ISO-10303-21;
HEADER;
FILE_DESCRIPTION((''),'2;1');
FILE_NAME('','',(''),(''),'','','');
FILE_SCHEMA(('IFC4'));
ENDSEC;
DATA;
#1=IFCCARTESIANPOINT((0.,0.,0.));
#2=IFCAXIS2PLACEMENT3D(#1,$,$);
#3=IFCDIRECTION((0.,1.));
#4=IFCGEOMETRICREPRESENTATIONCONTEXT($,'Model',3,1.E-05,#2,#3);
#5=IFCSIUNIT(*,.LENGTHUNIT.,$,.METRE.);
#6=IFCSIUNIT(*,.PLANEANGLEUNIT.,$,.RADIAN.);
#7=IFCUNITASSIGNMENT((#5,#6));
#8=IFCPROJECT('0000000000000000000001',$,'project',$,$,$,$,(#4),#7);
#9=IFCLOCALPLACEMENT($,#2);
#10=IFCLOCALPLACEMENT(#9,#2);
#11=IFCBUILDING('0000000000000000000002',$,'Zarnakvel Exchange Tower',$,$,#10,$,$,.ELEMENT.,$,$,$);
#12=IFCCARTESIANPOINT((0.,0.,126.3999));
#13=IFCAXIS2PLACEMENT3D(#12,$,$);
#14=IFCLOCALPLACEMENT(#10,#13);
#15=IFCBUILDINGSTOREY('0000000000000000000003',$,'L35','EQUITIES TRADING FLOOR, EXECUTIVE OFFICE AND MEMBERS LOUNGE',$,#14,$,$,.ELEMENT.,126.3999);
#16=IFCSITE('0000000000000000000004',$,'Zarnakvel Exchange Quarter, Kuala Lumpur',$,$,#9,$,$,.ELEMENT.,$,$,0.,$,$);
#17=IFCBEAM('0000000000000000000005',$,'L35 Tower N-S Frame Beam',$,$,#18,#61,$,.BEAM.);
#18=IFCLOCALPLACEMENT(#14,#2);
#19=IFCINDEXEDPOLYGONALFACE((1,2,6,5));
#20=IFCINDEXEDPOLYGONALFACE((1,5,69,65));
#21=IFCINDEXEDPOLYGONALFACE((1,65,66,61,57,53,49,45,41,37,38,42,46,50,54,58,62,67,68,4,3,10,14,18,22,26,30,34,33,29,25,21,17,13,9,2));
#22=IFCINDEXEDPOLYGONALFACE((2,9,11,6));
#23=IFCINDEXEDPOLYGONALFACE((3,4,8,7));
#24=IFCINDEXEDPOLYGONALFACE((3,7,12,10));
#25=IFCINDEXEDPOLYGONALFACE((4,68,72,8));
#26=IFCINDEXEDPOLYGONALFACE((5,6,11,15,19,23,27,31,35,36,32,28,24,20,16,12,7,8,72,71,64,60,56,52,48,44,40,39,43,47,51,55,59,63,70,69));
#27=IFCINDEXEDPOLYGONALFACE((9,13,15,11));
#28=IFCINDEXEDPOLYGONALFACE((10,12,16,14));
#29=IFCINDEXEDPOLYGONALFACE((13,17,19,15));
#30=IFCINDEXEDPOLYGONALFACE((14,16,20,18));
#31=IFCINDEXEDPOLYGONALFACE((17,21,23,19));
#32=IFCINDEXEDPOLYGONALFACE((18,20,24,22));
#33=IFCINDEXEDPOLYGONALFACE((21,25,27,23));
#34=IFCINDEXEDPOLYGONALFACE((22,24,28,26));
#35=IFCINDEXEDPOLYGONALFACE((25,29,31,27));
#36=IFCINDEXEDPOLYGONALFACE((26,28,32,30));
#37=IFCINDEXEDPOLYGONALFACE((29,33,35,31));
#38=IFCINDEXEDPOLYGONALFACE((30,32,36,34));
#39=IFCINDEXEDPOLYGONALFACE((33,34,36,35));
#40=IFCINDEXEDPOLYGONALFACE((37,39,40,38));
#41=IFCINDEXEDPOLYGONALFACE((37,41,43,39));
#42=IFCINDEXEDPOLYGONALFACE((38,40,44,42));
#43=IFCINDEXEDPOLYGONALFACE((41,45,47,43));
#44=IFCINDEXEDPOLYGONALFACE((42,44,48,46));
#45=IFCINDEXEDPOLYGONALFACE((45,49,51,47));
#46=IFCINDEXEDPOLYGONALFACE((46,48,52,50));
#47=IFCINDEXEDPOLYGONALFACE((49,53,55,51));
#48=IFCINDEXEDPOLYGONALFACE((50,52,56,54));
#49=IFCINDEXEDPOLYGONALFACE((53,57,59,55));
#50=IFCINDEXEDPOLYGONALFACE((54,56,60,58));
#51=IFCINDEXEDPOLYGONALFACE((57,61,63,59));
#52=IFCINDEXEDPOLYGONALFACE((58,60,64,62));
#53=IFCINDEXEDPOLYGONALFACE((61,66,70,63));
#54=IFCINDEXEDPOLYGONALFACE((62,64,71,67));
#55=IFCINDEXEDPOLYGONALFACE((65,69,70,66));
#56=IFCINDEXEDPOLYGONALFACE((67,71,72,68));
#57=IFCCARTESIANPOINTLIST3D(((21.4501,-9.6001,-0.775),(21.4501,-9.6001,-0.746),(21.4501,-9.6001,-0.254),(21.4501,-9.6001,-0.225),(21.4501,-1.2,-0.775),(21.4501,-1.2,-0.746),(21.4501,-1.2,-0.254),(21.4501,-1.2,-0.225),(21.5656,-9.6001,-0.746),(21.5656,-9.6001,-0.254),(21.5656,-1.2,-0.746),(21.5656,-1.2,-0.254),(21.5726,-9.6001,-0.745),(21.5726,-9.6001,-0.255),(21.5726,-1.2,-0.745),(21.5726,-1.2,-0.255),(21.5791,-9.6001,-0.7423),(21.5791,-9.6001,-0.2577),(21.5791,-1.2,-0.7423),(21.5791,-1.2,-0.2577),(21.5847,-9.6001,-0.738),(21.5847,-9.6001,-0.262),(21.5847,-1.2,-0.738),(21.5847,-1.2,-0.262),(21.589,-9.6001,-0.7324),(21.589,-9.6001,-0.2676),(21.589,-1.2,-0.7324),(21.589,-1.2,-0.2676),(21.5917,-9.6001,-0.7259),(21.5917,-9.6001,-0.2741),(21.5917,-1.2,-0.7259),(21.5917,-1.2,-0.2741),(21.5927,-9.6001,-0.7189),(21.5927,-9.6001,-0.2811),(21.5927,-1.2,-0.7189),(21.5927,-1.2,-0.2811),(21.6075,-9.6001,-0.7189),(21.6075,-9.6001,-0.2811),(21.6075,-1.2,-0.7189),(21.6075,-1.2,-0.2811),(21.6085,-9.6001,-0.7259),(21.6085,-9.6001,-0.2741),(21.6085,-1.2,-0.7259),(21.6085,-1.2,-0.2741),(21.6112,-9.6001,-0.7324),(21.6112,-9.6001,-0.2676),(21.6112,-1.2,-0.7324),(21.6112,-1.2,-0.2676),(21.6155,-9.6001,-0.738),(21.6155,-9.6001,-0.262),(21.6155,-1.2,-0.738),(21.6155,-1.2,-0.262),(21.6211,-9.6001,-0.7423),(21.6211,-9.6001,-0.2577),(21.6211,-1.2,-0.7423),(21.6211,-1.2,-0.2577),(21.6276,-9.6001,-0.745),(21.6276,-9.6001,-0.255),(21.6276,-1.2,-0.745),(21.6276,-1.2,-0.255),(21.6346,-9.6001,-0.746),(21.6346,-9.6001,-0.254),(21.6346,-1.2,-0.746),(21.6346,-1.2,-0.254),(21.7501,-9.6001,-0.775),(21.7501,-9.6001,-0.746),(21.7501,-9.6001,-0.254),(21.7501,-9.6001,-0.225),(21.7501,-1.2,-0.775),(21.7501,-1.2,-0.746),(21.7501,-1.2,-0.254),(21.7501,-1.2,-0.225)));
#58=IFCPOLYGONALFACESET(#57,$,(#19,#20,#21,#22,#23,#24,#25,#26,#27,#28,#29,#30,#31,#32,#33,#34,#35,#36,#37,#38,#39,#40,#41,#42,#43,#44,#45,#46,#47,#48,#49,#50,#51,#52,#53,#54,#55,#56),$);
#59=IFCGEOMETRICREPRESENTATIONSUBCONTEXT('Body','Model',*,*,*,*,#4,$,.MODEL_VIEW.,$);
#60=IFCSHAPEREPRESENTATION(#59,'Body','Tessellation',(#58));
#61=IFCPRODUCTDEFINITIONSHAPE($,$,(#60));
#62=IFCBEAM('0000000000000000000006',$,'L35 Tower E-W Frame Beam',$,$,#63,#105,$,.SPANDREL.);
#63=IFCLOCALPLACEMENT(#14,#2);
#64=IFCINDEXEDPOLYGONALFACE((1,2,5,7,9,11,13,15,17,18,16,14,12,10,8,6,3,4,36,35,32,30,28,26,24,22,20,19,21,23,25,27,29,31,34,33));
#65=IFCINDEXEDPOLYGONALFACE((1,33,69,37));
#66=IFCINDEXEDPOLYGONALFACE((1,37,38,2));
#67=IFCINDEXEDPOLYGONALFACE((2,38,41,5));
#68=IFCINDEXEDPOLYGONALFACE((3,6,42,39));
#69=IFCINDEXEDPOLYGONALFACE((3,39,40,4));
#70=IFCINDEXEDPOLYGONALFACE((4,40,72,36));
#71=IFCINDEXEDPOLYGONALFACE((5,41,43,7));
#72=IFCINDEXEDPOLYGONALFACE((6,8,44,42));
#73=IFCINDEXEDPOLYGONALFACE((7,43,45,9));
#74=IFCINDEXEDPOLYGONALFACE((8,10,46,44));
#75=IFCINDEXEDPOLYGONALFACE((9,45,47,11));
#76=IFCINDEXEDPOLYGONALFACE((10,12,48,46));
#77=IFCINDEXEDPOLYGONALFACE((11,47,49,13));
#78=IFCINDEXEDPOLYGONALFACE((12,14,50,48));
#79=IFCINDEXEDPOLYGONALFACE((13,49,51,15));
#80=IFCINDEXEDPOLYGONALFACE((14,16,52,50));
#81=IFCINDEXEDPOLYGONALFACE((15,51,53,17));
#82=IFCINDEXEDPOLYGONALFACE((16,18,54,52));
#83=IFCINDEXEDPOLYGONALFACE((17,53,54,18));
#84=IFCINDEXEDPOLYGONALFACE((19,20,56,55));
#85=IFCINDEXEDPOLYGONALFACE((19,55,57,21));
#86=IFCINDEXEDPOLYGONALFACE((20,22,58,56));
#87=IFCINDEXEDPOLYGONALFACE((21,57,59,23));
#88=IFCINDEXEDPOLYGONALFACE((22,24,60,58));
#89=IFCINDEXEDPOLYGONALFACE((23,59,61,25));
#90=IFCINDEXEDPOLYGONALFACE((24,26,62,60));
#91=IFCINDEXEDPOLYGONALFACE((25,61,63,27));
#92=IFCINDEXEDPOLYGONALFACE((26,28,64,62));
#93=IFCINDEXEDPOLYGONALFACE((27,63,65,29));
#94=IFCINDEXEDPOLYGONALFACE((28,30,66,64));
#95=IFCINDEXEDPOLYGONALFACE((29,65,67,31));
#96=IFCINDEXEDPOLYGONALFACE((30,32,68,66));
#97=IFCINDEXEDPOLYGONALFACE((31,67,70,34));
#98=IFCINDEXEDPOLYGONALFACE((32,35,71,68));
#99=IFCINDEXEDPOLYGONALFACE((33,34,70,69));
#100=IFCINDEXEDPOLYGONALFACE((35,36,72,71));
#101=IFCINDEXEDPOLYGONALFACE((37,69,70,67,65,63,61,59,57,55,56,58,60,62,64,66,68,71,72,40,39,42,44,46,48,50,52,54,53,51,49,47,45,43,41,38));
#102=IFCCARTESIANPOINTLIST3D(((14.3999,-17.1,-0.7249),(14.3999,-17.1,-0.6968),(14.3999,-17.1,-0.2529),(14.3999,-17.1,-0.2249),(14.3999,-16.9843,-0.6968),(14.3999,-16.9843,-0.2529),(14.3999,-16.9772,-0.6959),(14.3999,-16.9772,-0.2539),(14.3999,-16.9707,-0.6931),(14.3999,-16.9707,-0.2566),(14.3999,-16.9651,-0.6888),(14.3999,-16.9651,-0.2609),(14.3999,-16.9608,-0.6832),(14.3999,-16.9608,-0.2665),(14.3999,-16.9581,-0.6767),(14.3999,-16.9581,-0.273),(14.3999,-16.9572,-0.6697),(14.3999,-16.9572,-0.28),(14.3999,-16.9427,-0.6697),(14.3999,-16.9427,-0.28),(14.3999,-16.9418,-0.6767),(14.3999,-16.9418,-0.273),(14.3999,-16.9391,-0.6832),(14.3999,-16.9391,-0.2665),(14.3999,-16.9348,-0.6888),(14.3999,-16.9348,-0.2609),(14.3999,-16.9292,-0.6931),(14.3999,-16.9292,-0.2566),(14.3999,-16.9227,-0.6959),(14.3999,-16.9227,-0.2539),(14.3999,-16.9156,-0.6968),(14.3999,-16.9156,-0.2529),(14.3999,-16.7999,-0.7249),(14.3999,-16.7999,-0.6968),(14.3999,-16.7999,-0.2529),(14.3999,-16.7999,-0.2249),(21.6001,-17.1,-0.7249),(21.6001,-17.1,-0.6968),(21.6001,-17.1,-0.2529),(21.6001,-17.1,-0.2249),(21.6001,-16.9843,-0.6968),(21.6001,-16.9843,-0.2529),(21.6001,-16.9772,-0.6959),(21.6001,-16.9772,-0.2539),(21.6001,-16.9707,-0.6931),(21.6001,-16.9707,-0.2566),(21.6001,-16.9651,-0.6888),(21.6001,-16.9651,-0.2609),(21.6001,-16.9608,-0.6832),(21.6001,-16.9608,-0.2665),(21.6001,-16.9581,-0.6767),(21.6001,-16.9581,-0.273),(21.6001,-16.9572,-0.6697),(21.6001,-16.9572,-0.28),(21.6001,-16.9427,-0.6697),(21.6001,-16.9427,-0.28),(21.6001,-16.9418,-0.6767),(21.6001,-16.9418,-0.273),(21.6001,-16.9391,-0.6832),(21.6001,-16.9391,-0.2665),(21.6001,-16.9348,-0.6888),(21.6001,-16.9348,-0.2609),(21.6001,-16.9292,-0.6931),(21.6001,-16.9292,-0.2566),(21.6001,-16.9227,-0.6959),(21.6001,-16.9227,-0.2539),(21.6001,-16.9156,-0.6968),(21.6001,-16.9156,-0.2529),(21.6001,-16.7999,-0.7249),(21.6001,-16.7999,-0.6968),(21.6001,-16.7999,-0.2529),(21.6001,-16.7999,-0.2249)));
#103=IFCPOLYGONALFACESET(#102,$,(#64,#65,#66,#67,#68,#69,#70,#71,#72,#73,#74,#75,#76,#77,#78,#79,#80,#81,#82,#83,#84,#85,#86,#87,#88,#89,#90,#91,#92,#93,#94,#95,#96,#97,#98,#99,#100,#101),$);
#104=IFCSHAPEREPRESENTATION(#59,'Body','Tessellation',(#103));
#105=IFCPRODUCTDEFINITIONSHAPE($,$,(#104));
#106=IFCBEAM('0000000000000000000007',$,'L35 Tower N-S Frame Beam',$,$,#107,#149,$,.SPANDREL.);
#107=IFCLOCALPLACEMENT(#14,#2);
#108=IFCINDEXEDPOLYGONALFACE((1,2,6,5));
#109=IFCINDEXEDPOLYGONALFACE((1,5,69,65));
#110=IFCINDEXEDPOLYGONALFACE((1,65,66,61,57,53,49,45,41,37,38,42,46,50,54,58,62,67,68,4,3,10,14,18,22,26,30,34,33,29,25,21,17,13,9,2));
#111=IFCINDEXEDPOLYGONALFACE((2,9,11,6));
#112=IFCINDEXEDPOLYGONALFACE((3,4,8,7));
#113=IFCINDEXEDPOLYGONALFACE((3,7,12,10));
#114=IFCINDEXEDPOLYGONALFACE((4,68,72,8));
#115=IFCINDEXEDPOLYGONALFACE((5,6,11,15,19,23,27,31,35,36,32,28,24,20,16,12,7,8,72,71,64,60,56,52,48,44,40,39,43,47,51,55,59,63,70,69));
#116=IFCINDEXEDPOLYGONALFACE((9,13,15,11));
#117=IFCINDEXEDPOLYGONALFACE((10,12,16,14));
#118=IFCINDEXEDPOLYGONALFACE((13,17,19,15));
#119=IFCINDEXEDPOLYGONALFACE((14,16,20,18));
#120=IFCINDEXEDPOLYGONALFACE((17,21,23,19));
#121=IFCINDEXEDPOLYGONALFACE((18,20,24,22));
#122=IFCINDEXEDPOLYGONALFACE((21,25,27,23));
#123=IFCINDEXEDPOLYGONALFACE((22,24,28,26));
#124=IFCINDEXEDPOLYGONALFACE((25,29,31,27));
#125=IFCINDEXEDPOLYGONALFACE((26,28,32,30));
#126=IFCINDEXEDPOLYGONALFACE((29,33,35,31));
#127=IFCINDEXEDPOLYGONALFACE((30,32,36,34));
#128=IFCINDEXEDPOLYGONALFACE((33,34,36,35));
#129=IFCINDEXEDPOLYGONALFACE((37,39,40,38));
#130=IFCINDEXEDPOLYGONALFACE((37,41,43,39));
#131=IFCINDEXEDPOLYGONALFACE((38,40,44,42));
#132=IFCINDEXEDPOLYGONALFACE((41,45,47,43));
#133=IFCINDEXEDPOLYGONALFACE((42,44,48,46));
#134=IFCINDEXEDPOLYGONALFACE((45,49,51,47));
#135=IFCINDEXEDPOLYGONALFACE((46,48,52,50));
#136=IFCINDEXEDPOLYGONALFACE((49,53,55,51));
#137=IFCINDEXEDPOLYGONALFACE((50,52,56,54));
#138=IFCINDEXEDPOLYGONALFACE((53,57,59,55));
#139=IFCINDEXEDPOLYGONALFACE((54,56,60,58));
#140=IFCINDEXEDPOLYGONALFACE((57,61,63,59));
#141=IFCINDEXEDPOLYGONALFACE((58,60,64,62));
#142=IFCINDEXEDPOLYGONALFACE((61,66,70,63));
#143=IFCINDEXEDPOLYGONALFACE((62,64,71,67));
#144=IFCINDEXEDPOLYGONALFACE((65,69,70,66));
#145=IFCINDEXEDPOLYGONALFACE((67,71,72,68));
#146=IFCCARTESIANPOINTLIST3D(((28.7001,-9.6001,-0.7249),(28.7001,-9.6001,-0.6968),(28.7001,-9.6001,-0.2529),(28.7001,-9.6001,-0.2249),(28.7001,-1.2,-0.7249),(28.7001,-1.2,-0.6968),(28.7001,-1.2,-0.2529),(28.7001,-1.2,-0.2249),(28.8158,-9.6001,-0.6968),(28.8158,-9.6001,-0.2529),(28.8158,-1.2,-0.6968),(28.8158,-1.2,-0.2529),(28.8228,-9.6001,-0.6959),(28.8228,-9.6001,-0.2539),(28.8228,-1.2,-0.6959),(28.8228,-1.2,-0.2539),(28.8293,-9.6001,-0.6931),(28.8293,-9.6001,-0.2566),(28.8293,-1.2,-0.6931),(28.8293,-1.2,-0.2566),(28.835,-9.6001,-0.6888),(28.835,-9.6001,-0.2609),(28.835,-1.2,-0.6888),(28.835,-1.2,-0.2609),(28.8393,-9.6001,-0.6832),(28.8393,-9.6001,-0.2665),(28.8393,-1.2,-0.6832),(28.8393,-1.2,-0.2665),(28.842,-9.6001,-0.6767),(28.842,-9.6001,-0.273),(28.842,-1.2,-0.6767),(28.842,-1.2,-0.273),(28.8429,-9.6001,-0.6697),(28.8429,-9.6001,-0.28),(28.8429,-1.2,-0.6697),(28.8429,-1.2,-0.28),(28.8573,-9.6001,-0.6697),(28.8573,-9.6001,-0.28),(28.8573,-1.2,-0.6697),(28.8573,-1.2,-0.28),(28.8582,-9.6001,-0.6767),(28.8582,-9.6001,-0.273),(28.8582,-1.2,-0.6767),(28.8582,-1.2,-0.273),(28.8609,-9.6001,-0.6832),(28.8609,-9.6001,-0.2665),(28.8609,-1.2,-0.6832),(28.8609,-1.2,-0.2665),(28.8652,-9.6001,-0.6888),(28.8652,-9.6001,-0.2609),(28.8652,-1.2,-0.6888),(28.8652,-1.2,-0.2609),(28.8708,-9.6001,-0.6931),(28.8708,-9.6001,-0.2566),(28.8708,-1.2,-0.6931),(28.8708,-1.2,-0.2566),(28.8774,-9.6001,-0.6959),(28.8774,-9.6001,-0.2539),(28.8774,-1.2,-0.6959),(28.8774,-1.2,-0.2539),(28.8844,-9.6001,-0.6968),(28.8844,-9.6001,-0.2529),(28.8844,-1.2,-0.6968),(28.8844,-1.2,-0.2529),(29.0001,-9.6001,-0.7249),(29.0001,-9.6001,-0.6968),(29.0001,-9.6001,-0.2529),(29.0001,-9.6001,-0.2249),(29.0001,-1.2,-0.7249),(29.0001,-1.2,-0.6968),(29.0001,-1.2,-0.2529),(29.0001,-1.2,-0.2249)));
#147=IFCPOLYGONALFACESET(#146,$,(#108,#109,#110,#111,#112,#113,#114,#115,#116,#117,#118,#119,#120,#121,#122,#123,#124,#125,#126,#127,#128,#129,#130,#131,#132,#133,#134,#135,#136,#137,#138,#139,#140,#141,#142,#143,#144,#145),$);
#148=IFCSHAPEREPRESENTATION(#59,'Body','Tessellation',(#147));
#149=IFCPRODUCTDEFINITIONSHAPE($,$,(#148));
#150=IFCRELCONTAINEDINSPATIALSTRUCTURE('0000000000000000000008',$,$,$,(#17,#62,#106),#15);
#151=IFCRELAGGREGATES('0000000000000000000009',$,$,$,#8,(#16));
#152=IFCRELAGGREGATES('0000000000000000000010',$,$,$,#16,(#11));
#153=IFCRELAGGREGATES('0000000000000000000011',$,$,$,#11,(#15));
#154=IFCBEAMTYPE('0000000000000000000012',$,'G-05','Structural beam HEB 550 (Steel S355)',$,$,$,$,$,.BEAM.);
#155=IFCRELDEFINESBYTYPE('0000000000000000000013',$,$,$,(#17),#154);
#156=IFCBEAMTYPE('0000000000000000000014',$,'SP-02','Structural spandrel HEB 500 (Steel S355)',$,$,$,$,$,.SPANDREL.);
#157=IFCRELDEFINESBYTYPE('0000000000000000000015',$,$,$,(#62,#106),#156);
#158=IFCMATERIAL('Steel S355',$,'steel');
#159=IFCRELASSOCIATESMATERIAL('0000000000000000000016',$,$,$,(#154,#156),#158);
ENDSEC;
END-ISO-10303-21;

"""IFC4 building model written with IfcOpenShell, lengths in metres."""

from ifc_helpers import new_model, si_unit, direction, frame, origin, origin_2d, place, context, subcontext, project, spatial, i_section, extrude, material, material_profile, profile_set, type_object, element, save


model = new_model("IFC4")

# Units and contexts
model_context = context("Model", 3, precision=1e-05, world=origin(), true_north=direction((0.0, 1.0)))
body_context = subcontext(model_context, "Body", "Model", "MODEL_VIEW")
ifc_project = project(units=[si_unit("LENGTHUNIT", "METRE"), si_unit("PLANEANGLEUNIT", "RADIAN")], contexts=[model_context])

# Site, building, storey
site_placement = place(None, origin())
site = spatial("IfcSite", under=ifc_project, at=site_placement, Name="Zarnakvel Exchange Quarter, Kuala Lumpur", CompositionType="ELEMENT", RefElevation=0.0)
building_placement = place(site_placement, origin())
building = spatial("IfcBuilding", under=site, at=building_placement, Name="Zarnakvel Exchange Tower", CompositionType="ELEMENT")
storey_placement = place(building_placement, frame((0.0, 0.0, 126.3999)))
storey = spatial("IfcBuildingStorey", under=building, at=storey_placement, Name="L35", Description="EQUITIES TRADING FLOOR, EXECUTIVE OFFICE AND MEMBERS LOUNGE", CompositionType="ELEMENT", Elevation=126.3999)

# Shared definitions
ifc_material_1 = material(Name="Steel S355", Category="steel")

# Beams
ifc_material_profile_1 = material_profile(ifc_material_1, i_section(OverallWidth=0.3, OverallDepth=0.55, WebThickness=0.0149, FlangeThickness=0.0291, FilletRadius=0.0271, at=origin_2d()))
ifc_profile_set_1 = profile_set([ifc_material_profile_1], Name="Steel S355")
beam_type_1 = type_object("IfcBeamType", Name="G-05", Description="Structural beam HEB 550 (Steel S355)", PredefinedType="BEAM", material=ifc_profile_set_1)
beam_1_placement = place(storey_placement, frame((21.6001, -9.6001, -0.5), z_axis=(0.0, 1.0, 0.0), x_axis=(-1.0, 0.0, 0.0)))
element("IfcBeam", 1, at=beam_1_placement, inside=storey, type_object=beam_type_1, Name="L35 Tower N-S Frame Beam", PredefinedType="BEAM", context=body_context, shape_type="SweptSolid", body=[
    extrude(i_section(OverallWidth=0.3, OverallDepth=0.55, WebThickness=0.0149, FlangeThickness=0.0291, FilletRadius=0.0271, at=origin_2d()), origin(), (0.0, 0.0, 1.0), 8.4001),
])
ifc_material_profile_2 = material_profile(ifc_material_1, i_section(OverallWidth=0.3, OverallDepth=0.5, WebThickness=0.0144, FlangeThickness=0.0281, FilletRadius=0.0271, at=origin_2d()))
ifc_profile_set_2 = profile_set([ifc_material_profile_2], Name="Steel S355")
beam_type_2 = type_object("IfcBeamType", Name="SP-02", Description="Structural spandrel HEB 500 (Steel S355)", PredefinedType="SPANDREL", material=ifc_profile_set_2)
beam_2_placement = place(storey_placement, frame((14.3999, -16.95, -0.4749), z_axis=(1.0, 0.0, 0.0), x_axis=(0.0, 1.0, 0.0)))
element("IfcBeam", 2, at=beam_2_placement, inside=storey, type_object=beam_type_2, Name="L35 Tower E-W Frame Beam", PredefinedType="SPANDREL", context=body_context, shape_type="SweptSolid", body=[
    extrude(i_section(OverallWidth=0.3, OverallDepth=0.5, WebThickness=0.0144, FlangeThickness=0.0281, FilletRadius=0.0271, at=origin_2d()), origin(), (0.0, 0.0, 1.0), 7.2002),
])
beam_3_placement = place(storey_placement, frame((28.8501, -9.6001, -0.4749), z_axis=(0.0, 1.0, 0.0), x_axis=(-1.0, 0.0, 0.0)))
element("IfcBeam", 3, at=beam_3_placement, inside=storey, type_object=beam_type_2, Name="L35 Tower N-S Frame Beam", PredefinedType="SPANDREL", context=body_context, shape_type="SweptSolid", body=[
    extrude(i_section(OverallWidth=0.3, OverallDepth=0.5, WebThickness=0.0144, FlangeThickness=0.0281, FilletRadius=0.0271, at=origin_2d()), origin(), (0.0, 0.0, 1.0), 8.4001),
])

save(model, "model.ifc")
